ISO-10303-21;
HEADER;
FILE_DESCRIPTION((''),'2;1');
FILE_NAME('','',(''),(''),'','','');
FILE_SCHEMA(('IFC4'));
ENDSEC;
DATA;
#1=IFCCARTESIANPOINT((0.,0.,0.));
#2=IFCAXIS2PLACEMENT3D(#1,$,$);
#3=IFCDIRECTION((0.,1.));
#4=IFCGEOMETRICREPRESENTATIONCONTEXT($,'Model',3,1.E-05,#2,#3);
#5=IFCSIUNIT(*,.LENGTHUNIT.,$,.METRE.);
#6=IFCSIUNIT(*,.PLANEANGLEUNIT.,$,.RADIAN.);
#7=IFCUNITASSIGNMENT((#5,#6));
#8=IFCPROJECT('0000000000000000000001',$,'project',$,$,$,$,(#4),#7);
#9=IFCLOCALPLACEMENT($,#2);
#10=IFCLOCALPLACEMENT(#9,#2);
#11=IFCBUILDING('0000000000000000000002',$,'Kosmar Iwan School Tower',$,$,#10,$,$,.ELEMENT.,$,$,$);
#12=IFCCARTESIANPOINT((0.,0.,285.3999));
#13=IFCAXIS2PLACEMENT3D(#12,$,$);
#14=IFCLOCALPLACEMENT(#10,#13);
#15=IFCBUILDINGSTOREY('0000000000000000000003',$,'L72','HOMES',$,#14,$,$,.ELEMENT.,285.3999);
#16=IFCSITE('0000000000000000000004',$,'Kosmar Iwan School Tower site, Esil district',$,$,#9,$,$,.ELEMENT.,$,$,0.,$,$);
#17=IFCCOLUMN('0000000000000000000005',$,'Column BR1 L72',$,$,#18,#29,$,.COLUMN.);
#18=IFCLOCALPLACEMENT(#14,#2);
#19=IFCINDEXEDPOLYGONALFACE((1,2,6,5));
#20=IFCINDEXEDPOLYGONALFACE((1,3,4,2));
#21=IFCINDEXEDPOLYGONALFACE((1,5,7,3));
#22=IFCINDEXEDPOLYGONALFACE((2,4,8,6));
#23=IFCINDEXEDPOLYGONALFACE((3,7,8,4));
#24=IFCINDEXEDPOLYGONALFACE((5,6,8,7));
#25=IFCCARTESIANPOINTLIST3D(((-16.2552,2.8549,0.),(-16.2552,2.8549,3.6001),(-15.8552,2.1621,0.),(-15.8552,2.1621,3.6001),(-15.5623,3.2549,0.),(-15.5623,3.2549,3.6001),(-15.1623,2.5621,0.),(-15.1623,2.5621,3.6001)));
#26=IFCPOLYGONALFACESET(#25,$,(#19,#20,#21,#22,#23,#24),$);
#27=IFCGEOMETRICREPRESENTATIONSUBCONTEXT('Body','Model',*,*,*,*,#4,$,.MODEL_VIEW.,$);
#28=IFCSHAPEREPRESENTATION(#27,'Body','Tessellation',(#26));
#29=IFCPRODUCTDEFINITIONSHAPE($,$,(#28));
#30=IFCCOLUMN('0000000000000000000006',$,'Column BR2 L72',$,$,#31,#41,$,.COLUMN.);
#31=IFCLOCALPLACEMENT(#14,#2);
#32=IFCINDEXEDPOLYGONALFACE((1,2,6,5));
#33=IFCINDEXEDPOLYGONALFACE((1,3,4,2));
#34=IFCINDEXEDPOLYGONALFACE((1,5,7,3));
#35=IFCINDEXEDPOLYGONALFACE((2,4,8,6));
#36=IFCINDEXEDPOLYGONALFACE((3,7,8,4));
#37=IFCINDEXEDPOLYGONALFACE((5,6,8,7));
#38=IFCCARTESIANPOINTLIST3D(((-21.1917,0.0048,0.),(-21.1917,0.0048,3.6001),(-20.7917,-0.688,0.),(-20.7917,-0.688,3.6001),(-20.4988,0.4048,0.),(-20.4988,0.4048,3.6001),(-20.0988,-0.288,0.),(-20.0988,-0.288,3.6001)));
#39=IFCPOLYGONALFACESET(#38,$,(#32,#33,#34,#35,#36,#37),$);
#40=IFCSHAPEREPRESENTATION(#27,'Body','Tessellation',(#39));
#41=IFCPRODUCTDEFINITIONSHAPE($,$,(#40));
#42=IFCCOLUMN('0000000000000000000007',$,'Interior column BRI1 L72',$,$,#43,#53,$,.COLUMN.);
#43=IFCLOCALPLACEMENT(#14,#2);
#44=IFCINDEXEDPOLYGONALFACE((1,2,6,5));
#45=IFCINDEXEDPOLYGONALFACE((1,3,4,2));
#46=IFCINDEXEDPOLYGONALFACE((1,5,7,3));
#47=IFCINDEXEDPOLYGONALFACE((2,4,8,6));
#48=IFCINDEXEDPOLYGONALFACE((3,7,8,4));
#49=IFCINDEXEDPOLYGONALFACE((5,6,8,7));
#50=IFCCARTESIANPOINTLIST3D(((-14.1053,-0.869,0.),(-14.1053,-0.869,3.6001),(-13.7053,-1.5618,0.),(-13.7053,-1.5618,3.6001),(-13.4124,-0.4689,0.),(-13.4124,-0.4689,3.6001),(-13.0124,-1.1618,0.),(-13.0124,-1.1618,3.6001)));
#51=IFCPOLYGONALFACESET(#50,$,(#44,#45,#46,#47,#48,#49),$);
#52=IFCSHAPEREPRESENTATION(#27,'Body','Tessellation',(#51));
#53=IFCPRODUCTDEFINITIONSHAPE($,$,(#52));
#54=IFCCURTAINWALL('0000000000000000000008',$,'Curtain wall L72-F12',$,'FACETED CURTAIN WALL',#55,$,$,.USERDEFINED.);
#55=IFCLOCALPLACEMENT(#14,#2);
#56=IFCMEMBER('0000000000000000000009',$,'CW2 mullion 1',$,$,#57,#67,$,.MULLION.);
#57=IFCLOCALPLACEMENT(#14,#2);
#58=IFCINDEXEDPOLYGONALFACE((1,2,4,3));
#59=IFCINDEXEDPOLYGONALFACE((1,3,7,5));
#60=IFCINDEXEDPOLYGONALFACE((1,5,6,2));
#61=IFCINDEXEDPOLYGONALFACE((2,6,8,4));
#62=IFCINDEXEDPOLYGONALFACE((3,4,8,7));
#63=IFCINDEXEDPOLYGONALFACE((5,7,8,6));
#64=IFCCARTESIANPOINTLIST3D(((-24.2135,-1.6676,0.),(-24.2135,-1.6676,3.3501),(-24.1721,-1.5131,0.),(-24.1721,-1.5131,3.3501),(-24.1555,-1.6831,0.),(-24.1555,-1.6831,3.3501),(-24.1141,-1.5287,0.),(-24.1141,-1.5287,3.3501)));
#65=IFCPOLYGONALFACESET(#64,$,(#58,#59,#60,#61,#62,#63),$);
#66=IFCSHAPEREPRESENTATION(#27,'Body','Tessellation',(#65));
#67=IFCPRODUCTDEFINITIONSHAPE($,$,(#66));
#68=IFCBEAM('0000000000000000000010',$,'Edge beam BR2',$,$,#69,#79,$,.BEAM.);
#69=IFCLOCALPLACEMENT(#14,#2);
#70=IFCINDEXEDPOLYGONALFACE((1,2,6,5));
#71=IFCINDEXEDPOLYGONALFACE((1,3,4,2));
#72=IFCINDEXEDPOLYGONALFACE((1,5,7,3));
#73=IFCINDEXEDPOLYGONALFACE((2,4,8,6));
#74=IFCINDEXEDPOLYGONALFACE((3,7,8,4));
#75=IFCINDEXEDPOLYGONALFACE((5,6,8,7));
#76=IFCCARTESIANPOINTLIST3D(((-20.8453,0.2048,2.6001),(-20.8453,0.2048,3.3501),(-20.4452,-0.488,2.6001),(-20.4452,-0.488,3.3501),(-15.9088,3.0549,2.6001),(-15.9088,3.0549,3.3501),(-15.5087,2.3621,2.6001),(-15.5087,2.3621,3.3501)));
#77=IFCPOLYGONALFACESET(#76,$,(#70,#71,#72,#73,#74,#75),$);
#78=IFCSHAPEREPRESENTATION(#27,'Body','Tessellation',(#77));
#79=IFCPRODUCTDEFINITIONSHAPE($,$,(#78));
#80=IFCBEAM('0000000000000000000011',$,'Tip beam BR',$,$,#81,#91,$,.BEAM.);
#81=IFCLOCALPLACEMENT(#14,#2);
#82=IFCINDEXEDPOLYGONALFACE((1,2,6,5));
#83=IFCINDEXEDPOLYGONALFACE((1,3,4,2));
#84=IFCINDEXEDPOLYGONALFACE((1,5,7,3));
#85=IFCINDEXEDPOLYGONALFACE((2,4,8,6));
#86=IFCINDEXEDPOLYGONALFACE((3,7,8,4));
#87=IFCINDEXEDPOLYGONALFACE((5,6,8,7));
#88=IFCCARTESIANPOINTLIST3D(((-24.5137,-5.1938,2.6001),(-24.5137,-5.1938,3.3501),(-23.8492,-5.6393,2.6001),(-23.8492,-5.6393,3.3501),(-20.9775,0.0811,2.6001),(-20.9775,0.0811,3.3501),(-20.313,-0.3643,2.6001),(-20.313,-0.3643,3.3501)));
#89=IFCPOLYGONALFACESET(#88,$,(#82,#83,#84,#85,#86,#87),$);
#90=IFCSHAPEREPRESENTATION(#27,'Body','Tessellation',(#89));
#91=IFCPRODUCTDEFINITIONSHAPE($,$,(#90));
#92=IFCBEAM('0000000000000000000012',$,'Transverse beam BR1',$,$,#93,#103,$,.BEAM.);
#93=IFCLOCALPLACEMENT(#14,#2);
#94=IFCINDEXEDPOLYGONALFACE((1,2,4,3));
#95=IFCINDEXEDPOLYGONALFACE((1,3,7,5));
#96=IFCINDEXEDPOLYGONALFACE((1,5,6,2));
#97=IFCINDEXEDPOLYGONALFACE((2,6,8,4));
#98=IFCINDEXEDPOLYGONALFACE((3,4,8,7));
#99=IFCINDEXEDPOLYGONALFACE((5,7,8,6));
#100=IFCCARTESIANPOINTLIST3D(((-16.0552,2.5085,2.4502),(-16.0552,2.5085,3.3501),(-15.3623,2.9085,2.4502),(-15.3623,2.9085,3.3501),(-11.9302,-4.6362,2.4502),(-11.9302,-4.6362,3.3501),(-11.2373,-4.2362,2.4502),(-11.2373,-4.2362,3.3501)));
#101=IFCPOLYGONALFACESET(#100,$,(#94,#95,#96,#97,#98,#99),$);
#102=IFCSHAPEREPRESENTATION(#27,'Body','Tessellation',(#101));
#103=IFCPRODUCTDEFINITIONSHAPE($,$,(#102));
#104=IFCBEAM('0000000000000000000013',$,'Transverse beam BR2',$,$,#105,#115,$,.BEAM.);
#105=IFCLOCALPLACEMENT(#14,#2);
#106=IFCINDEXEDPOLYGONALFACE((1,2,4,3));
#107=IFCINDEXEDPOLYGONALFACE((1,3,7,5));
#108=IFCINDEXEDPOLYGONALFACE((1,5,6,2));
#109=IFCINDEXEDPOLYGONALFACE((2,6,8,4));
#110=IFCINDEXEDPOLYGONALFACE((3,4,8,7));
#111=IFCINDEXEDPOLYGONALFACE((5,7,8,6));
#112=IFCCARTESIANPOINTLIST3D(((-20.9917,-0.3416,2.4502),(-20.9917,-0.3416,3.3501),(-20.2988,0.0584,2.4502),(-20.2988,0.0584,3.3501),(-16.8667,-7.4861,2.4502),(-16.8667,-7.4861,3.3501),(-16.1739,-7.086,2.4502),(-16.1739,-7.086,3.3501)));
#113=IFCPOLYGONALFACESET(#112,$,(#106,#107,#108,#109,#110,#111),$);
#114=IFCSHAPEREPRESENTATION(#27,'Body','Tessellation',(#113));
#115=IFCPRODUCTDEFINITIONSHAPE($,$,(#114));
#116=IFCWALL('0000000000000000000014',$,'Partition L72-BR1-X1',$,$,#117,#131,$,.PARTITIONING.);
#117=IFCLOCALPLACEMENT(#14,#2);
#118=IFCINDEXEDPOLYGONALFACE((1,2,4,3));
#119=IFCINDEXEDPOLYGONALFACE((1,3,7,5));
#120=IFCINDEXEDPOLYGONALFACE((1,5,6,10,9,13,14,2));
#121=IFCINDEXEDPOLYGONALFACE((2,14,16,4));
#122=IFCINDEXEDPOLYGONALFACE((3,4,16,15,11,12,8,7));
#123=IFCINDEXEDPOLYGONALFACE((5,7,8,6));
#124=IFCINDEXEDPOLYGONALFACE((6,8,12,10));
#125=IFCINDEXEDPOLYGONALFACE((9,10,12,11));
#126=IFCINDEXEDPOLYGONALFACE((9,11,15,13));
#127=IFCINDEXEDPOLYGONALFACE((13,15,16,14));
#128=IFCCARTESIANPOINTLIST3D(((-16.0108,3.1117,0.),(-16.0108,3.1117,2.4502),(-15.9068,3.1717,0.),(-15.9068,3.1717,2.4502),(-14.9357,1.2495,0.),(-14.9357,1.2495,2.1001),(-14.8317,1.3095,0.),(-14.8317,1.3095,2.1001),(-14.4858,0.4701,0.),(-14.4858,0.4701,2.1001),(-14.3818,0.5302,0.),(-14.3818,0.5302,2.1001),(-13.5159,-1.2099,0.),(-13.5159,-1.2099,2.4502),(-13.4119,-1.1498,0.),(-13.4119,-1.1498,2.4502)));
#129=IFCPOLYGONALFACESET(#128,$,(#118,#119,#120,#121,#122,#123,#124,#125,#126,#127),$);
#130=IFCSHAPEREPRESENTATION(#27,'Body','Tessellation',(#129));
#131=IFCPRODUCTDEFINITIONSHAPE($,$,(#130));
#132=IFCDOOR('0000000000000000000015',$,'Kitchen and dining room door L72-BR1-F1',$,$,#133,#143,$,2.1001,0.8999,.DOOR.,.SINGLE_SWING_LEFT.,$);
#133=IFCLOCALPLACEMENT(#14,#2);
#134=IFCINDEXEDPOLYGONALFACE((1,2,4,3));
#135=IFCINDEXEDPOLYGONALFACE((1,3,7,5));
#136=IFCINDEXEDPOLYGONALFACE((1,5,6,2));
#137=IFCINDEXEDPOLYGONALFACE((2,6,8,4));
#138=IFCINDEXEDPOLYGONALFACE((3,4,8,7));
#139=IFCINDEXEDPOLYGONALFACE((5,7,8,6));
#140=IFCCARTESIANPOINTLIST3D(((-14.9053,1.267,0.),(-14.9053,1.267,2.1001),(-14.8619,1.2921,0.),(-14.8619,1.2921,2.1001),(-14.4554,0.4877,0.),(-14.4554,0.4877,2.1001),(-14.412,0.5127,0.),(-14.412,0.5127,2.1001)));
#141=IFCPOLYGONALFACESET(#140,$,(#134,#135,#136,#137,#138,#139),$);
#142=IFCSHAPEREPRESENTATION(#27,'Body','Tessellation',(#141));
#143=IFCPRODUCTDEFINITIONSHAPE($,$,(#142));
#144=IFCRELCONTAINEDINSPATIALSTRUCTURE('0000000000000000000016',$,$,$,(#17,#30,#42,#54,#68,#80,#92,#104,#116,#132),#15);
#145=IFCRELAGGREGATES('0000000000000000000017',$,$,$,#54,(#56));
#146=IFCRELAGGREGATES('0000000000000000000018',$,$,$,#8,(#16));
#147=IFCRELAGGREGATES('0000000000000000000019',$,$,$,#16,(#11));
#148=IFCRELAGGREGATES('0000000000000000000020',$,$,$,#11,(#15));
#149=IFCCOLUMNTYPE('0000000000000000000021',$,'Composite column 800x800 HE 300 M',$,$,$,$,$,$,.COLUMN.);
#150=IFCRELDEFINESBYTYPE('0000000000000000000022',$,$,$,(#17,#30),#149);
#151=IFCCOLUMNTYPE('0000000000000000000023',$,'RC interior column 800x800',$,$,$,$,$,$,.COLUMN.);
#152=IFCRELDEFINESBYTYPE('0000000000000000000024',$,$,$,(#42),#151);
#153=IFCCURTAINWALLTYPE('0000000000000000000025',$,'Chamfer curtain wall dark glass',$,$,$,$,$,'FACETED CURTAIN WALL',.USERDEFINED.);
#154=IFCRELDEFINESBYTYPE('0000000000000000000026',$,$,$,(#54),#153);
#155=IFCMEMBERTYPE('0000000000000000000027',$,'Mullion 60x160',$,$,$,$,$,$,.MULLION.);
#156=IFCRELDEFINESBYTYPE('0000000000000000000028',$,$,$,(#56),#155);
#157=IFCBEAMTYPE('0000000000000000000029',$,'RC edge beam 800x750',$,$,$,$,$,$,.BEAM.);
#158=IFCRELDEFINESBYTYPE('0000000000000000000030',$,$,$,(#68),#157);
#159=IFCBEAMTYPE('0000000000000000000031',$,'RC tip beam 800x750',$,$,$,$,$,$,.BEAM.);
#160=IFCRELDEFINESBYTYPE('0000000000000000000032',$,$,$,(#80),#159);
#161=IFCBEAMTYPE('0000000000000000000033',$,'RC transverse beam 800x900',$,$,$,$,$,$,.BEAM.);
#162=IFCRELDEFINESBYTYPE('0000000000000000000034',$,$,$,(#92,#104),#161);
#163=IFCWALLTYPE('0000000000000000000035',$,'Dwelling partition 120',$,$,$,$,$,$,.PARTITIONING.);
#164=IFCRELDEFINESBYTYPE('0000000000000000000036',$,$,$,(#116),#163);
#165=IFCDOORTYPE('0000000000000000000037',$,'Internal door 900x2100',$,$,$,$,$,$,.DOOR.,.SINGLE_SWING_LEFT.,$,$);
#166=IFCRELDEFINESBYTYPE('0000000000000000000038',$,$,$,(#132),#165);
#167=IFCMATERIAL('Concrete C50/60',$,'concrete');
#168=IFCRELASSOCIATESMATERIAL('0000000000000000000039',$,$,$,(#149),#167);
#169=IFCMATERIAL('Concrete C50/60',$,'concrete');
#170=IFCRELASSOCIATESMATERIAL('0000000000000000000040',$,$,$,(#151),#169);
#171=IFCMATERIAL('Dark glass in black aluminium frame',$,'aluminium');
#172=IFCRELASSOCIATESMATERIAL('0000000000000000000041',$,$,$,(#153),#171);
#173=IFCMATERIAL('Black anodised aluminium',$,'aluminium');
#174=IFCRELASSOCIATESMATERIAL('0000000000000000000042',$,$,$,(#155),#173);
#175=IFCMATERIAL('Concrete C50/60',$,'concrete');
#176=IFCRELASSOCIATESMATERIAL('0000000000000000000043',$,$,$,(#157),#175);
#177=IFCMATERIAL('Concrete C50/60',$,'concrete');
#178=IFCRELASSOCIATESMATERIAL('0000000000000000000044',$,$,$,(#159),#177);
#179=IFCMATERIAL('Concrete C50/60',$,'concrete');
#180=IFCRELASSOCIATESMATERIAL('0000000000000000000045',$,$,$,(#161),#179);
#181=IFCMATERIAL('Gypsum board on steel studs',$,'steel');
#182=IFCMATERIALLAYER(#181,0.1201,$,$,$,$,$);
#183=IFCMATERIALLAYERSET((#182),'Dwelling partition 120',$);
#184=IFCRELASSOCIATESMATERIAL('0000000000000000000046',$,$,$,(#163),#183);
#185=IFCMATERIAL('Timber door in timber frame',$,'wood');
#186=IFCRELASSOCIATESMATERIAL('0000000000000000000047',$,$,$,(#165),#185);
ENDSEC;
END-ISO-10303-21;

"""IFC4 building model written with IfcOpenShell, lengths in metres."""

from ifc_helpers import new_model, si_unit, direction, frame, frame_2d, origin, origin_2d, place, context, subcontext, project, spatial, rectangle, extrude, material, layer, layer_set, material_profile, profile_set, type_object, element, fill, aggregate, save


model = new_model("IFC4")

# Units and contexts
model_context = context("Model", 3, precision=1e-05, world=origin(), true_north=direction((0.0, 1.0)))
body_context = subcontext(model_context, "Body", "Model", "MODEL_VIEW")
ifc_project = project(units=[si_unit("LENGTHUNIT", "METRE"), si_unit("PLANEANGLEUNIT", "RADIAN")], contexts=[model_context])

# Site, building, storey
site_placement = place(None, origin())
site = spatial("IfcSite", under=ifc_project, at=site_placement, Name="Kosmar Iwan School Tower site, Esil district", CompositionType="ELEMENT", RefElevation=0.0)
building_placement = place(site_placement, origin())
building = spatial("IfcBuilding", under=site, at=building_placement, Name="Kosmar Iwan School Tower", CompositionType="ELEMENT")
storey_placement = place(building_placement, frame((0.0, 0.0, 285.3999)))
storey = spatial("IfcBuildingStorey", under=building, at=storey_placement, Name="L72", Description="HOMES", CompositionType="ELEMENT", Elevation=285.3999)

# Columns
ifc_material_1 = material(Name="Concrete C50/60", Category="concrete")
ifc_material_profile_1 = material_profile(ifc_material_1, rectangle(XDim=0.8, YDim=0.8, at=origin_2d()), Name="RC 800x800 + HE 300 M")
ifc_profile_set_1 = profile_set([ifc_material_profile_1], Name="Concrete C50/60")
column_type_1 = type_object("IfcColumnType", Name="Composite column 800x800 HE 300 M", PredefinedType="COLUMN", material=ifc_profile_set_1)
for number, where, z_axis, x_axis, name in (
    (1, (-15.7087, 2.7085, 0.0), (0.0, 0.0, 1.0), (-0.866025, -0.5, 0.0), "Column BR1 L72"),
    (2, (-20.6453, -0.1416, 0.0), (0.0, 0.0, 1.0), (-0.866025, -0.5, 0.0), "Column BR2 L72"),
):
    element("IfcColumn", number, at=place(storey_placement, frame(where, z_axis=z_axis, x_axis=x_axis)), inside=storey, type_object=column_type_1, Name=name, PredefinedType="COLUMN", context=body_context, shape_type="SweptSolid", body=[
        extrude(rectangle(XDim=0.8, YDim=0.8, at=origin_2d()), origin(), (0.0, 0.0, 1.0), 3.6001),
    ])
ifc_material_2 = material(Name="Concrete C50/60", Category="concrete")
ifc_material_profile_2 = material_profile(ifc_material_2, rectangle(XDim=0.8, YDim=0.8, at=origin_2d()), Name="RC 800x800")
ifc_profile_set_2 = profile_set([ifc_material_profile_2], Name="Concrete C50/60")
column_type_2 = type_object("IfcColumnType", Name="RC interior column 800x800", PredefinedType="COLUMN", material=ifc_profile_set_2)
column_placement = place(storey_placement, frame((-13.5588, -1.0154, 0.0), z_axis=(0.0, 0.0, 1.0), x_axis=(-0.866025, -0.5, 0.0)))
element("IfcColumn", 3, at=column_placement, inside=storey, type_object=column_type_2, Name="Interior column BRI1 L72", PredefinedType="COLUMN", context=body_context, shape_type="SweptSolid", body=[
    extrude(rectangle(XDim=0.8, YDim=0.8, at=origin_2d()), origin(), (0.0, 0.0, 1.0), 3.6001),
])

# Curtain wall, member
ifc_material_3 = material(Name="Dark glass in black aluminium frame", Category="aluminium")
curtain_wall_type = type_object("IfcCurtainWallType", Name="Chamfer curtain wall dark glass", ElementType="FACETED CURTAIN WALL", PredefinedType="USERDEFINED", material=ifc_material_3)
curtain_wall_placement = place(storey_placement, origin())
curtain_wall = element("IfcCurtainWall", 4, at=curtain_wall_placement, inside=storey, type_object=curtain_wall_type, Name="Curtain wall L72-F12", ObjectType="FACETED CURTAIN WALL", PredefinedType="USERDEFINED")
ifc_material_4 = material(Name="Black anodised aluminium", Category="aluminium")
ifc_material_profile_3 = material_profile(ifc_material_4, rectangle(XDim=0.0601, YDim=0.1599, at=origin_2d()), Name="MULLION 60x160")
ifc_profile_set_3 = profile_set([ifc_material_profile_3], Name="Black anodised aluminium")
member_type = type_object("IfcMemberType", Name="Mullion 60x160", PredefinedType="MULLION", material=ifc_profile_set_3)
member_placement = place(storey_placement, frame((-24.1638, -1.5981, 0.0), z_axis=(0.0, 0.0, 1.0), x_axis=(0.965926, -0.258819, 0.0)))
member = element("IfcMember", 5, at=member_placement, type_object=member_type, Name="CW2 mullion 1", PredefinedType="MULLION", context=body_context, shape_type="SweptSolid", body=[
    extrude(rectangle(XDim=0.0601, YDim=0.1599, at=origin_2d()), origin(), (0.0, 0.0, 1.0), 3.3501),
])
aggregate(curtain_wall, [member])

# Beams
ifc_material_5 = material(Name="Concrete C50/60", Category="concrete")
ifc_material_profile_4 = material_profile(ifc_material_5, rectangle(XDim=0.8, YDim=0.75, at=origin_2d()), Name="RC 800x750")
ifc_profile_set_4 = profile_set([ifc_material_profile_4], Name="Concrete C50/60")
beam_type_1 = type_object("IfcBeamType", Name="RC edge beam 800x750", PredefinedType="BEAM", material=ifc_profile_set_4)
beam_1_placement = place(storey_placement, frame((-15.7087, 2.7085, 2.9751), z_axis=(-0.866026, -0.499999, 0.0), x_axis=(0.499999, -0.866026, 0.0)))
element("IfcBeam", 6, at=beam_1_placement, inside=storey, type_object=beam_type_1, Name="Edge beam BR2", PredefinedType="BEAM", context=body_context, shape_type="SweptSolid", body=[
    extrude(rectangle(XDim=0.8, YDim=0.75, at=origin_2d()), origin(), (0.0, 0.0, 1.0), 5.7002),
])
ifc_material_6 = material(Name="Concrete C50/60", Category="concrete")
ifc_material_profile_5 = material_profile(ifc_material_6, rectangle(XDim=0.8, YDim=0.75, at=origin_2d()), Name="RC 800x750")
ifc_profile_set_5 = profile_set([ifc_material_profile_5], Name="Concrete C50/60")
beam_type_2 = type_object("IfcBeamType", Name="RC tip beam 800x750", PredefinedType="BEAM", material=ifc_profile_set_5)
beam_2_placement = place(storey_placement, frame((-20.6453, -0.1416, 2.9751), z_axis=(-0.556828, -0.830628, 0.0), x_axis=(0.830628, -0.556828, 0.0)))
element("IfcBeam", 7, at=beam_2_placement, inside=storey, type_object=beam_type_2, Name="Tip beam BR", PredefinedType="BEAM", context=body_context, shape_type="SweptSolid", body=[
    extrude(rectangle(XDim=0.8, YDim=0.75, at=origin_2d()), origin(), (0.0, 0.0, 1.0), 6.3506),
])
ifc_material_7 = material(Name="Concrete C50/60", Category="concrete")
ifc_material_profile_6 = material_profile(ifc_material_7, rectangle(XDim=0.8, YDim=0.8999, at=origin_2d()), Name="RC 800x900")
ifc_profile_set_6 = profile_set([ifc_material_profile_6], Name="Concrete C50/60")
beam_type_3 = type_object("IfcBeamType", Name="RC transverse beam 800x900", PredefinedType="BEAM", material=ifc_profile_set_6)
beam_3_placement = place(storey_placement, frame((-15.7087, 2.7085, 2.9001), z_axis=(0.499997, -0.866027, 0.0), x_axis=(0.866027, 0.499997, 0.0)))
element("IfcBeam", 8, at=beam_3_placement, inside=storey, type_object=beam_type_3, Name="Transverse beam BR1", PredefinedType="BEAM", context=body_context, shape_type="SweptSolid", body=[
    extrude(rectangle(XDim=0.8, YDim=0.8999, at=origin_2d()), origin(), (0.0, 0.0, 1.0), 8.25),
])
beam_4_placement = place(storey_placement, frame((-20.6453, -0.1416, 2.9001), z_axis=(0.500009, -0.86602, 0.0), x_axis=(0.86602, 0.500009, 0.0)))
element("IfcBeam", 9, at=beam_4_placement, inside=storey, type_object=beam_type_3, Name="Transverse beam BR2", PredefinedType="BEAM", context=body_context, shape_type="SweptSolid", body=[
    extrude(rectangle(XDim=0.8, YDim=0.8999, at=origin_2d()), origin(), (0.0, 0.0, 1.0), 8.2498),
])

# Wall, opening, door
ifc_material_8 = material(Name="Gypsum board on steel studs", Category="steel")
ifc_layer = layer(ifc_material_8, 0.1201)
ifc_layer_set = layer_set([ifc_layer], Name="Dwelling partition 120")
wall_type = type_object("IfcWallType", Name="Dwelling partition 120", PredefinedType="PARTITIONING", material=ifc_layer_set)
wall_placement = place(storey_placement, frame((-13.4639, -1.1799, 0.0), z_axis=(0.0, 0.0, 1.0), x_axis=(-0.499975, 0.86604, 0.0)))
wall = element("IfcWall", 10, at=wall_placement, inside=storey, type_object=wall_type, Name="Partition L72-BR1-X1", PredefinedType="PARTITIONING", context=body_context, shape_type="SweptSolid", body=[
    extrude(rectangle(XDim=4.99, YDim=0.1201, at=frame_2d((2.4951, 0.0))), origin(), (0.0, 0.0, 1.0), 2.4502),
])
opening_placement = place(wall_placement, frame((1.9399, 0.0, 0.0)))
opening = element("IfcOpeningElement", 11, at=opening_placement, cuts=wall, PredefinedType="OPENING", context=body_context, shape_type="SweptSolid", body=[
    extrude(rectangle(XDim=0.8999, YDim=2.1001, at=frame_2d((0.45, 1.05))), frame((0.0, 0.072, 0.0), z_axis=(0.0, -1.0, 0.0), x_axis=(1.0, 0.0, 0.0)), (0.0, 0.0, 1.0), 0.144),
])
ifc_material_9 = material(Name="Timber door in timber frame", Category="wood")
door_type = type_object("IfcDoorType", Name="Internal door 900x2100", OperationType="SINGLE_SWING_LEFT", PredefinedType="DOOR", material=ifc_material_9)
door_placement = place(opening_placement, origin())
door = element("IfcDoor", 12, at=door_placement, inside=storey, type_object=door_type, Name="Kitchen and dining room door L72-BR1-F1", OperationType="SINGLE_SWING_LEFT", OverallHeight=2.1001, OverallWidth=0.8999, PredefinedType="DOOR", context=body_context, shape_type="SweptSolid", body=[
    extrude(rectangle(XDim=0.8999, YDim=2.1001, at=frame_2d((0.45, 1.05))), frame((0.0, 0.0249, 0.0), z_axis=(0.0, -1.0, 0.0), x_axis=(1.0, 0.0, 0.0)), (0.0, 0.0, 1.0), 0.05),
])
fill(opening, door)

save(model, "model.ifc")
